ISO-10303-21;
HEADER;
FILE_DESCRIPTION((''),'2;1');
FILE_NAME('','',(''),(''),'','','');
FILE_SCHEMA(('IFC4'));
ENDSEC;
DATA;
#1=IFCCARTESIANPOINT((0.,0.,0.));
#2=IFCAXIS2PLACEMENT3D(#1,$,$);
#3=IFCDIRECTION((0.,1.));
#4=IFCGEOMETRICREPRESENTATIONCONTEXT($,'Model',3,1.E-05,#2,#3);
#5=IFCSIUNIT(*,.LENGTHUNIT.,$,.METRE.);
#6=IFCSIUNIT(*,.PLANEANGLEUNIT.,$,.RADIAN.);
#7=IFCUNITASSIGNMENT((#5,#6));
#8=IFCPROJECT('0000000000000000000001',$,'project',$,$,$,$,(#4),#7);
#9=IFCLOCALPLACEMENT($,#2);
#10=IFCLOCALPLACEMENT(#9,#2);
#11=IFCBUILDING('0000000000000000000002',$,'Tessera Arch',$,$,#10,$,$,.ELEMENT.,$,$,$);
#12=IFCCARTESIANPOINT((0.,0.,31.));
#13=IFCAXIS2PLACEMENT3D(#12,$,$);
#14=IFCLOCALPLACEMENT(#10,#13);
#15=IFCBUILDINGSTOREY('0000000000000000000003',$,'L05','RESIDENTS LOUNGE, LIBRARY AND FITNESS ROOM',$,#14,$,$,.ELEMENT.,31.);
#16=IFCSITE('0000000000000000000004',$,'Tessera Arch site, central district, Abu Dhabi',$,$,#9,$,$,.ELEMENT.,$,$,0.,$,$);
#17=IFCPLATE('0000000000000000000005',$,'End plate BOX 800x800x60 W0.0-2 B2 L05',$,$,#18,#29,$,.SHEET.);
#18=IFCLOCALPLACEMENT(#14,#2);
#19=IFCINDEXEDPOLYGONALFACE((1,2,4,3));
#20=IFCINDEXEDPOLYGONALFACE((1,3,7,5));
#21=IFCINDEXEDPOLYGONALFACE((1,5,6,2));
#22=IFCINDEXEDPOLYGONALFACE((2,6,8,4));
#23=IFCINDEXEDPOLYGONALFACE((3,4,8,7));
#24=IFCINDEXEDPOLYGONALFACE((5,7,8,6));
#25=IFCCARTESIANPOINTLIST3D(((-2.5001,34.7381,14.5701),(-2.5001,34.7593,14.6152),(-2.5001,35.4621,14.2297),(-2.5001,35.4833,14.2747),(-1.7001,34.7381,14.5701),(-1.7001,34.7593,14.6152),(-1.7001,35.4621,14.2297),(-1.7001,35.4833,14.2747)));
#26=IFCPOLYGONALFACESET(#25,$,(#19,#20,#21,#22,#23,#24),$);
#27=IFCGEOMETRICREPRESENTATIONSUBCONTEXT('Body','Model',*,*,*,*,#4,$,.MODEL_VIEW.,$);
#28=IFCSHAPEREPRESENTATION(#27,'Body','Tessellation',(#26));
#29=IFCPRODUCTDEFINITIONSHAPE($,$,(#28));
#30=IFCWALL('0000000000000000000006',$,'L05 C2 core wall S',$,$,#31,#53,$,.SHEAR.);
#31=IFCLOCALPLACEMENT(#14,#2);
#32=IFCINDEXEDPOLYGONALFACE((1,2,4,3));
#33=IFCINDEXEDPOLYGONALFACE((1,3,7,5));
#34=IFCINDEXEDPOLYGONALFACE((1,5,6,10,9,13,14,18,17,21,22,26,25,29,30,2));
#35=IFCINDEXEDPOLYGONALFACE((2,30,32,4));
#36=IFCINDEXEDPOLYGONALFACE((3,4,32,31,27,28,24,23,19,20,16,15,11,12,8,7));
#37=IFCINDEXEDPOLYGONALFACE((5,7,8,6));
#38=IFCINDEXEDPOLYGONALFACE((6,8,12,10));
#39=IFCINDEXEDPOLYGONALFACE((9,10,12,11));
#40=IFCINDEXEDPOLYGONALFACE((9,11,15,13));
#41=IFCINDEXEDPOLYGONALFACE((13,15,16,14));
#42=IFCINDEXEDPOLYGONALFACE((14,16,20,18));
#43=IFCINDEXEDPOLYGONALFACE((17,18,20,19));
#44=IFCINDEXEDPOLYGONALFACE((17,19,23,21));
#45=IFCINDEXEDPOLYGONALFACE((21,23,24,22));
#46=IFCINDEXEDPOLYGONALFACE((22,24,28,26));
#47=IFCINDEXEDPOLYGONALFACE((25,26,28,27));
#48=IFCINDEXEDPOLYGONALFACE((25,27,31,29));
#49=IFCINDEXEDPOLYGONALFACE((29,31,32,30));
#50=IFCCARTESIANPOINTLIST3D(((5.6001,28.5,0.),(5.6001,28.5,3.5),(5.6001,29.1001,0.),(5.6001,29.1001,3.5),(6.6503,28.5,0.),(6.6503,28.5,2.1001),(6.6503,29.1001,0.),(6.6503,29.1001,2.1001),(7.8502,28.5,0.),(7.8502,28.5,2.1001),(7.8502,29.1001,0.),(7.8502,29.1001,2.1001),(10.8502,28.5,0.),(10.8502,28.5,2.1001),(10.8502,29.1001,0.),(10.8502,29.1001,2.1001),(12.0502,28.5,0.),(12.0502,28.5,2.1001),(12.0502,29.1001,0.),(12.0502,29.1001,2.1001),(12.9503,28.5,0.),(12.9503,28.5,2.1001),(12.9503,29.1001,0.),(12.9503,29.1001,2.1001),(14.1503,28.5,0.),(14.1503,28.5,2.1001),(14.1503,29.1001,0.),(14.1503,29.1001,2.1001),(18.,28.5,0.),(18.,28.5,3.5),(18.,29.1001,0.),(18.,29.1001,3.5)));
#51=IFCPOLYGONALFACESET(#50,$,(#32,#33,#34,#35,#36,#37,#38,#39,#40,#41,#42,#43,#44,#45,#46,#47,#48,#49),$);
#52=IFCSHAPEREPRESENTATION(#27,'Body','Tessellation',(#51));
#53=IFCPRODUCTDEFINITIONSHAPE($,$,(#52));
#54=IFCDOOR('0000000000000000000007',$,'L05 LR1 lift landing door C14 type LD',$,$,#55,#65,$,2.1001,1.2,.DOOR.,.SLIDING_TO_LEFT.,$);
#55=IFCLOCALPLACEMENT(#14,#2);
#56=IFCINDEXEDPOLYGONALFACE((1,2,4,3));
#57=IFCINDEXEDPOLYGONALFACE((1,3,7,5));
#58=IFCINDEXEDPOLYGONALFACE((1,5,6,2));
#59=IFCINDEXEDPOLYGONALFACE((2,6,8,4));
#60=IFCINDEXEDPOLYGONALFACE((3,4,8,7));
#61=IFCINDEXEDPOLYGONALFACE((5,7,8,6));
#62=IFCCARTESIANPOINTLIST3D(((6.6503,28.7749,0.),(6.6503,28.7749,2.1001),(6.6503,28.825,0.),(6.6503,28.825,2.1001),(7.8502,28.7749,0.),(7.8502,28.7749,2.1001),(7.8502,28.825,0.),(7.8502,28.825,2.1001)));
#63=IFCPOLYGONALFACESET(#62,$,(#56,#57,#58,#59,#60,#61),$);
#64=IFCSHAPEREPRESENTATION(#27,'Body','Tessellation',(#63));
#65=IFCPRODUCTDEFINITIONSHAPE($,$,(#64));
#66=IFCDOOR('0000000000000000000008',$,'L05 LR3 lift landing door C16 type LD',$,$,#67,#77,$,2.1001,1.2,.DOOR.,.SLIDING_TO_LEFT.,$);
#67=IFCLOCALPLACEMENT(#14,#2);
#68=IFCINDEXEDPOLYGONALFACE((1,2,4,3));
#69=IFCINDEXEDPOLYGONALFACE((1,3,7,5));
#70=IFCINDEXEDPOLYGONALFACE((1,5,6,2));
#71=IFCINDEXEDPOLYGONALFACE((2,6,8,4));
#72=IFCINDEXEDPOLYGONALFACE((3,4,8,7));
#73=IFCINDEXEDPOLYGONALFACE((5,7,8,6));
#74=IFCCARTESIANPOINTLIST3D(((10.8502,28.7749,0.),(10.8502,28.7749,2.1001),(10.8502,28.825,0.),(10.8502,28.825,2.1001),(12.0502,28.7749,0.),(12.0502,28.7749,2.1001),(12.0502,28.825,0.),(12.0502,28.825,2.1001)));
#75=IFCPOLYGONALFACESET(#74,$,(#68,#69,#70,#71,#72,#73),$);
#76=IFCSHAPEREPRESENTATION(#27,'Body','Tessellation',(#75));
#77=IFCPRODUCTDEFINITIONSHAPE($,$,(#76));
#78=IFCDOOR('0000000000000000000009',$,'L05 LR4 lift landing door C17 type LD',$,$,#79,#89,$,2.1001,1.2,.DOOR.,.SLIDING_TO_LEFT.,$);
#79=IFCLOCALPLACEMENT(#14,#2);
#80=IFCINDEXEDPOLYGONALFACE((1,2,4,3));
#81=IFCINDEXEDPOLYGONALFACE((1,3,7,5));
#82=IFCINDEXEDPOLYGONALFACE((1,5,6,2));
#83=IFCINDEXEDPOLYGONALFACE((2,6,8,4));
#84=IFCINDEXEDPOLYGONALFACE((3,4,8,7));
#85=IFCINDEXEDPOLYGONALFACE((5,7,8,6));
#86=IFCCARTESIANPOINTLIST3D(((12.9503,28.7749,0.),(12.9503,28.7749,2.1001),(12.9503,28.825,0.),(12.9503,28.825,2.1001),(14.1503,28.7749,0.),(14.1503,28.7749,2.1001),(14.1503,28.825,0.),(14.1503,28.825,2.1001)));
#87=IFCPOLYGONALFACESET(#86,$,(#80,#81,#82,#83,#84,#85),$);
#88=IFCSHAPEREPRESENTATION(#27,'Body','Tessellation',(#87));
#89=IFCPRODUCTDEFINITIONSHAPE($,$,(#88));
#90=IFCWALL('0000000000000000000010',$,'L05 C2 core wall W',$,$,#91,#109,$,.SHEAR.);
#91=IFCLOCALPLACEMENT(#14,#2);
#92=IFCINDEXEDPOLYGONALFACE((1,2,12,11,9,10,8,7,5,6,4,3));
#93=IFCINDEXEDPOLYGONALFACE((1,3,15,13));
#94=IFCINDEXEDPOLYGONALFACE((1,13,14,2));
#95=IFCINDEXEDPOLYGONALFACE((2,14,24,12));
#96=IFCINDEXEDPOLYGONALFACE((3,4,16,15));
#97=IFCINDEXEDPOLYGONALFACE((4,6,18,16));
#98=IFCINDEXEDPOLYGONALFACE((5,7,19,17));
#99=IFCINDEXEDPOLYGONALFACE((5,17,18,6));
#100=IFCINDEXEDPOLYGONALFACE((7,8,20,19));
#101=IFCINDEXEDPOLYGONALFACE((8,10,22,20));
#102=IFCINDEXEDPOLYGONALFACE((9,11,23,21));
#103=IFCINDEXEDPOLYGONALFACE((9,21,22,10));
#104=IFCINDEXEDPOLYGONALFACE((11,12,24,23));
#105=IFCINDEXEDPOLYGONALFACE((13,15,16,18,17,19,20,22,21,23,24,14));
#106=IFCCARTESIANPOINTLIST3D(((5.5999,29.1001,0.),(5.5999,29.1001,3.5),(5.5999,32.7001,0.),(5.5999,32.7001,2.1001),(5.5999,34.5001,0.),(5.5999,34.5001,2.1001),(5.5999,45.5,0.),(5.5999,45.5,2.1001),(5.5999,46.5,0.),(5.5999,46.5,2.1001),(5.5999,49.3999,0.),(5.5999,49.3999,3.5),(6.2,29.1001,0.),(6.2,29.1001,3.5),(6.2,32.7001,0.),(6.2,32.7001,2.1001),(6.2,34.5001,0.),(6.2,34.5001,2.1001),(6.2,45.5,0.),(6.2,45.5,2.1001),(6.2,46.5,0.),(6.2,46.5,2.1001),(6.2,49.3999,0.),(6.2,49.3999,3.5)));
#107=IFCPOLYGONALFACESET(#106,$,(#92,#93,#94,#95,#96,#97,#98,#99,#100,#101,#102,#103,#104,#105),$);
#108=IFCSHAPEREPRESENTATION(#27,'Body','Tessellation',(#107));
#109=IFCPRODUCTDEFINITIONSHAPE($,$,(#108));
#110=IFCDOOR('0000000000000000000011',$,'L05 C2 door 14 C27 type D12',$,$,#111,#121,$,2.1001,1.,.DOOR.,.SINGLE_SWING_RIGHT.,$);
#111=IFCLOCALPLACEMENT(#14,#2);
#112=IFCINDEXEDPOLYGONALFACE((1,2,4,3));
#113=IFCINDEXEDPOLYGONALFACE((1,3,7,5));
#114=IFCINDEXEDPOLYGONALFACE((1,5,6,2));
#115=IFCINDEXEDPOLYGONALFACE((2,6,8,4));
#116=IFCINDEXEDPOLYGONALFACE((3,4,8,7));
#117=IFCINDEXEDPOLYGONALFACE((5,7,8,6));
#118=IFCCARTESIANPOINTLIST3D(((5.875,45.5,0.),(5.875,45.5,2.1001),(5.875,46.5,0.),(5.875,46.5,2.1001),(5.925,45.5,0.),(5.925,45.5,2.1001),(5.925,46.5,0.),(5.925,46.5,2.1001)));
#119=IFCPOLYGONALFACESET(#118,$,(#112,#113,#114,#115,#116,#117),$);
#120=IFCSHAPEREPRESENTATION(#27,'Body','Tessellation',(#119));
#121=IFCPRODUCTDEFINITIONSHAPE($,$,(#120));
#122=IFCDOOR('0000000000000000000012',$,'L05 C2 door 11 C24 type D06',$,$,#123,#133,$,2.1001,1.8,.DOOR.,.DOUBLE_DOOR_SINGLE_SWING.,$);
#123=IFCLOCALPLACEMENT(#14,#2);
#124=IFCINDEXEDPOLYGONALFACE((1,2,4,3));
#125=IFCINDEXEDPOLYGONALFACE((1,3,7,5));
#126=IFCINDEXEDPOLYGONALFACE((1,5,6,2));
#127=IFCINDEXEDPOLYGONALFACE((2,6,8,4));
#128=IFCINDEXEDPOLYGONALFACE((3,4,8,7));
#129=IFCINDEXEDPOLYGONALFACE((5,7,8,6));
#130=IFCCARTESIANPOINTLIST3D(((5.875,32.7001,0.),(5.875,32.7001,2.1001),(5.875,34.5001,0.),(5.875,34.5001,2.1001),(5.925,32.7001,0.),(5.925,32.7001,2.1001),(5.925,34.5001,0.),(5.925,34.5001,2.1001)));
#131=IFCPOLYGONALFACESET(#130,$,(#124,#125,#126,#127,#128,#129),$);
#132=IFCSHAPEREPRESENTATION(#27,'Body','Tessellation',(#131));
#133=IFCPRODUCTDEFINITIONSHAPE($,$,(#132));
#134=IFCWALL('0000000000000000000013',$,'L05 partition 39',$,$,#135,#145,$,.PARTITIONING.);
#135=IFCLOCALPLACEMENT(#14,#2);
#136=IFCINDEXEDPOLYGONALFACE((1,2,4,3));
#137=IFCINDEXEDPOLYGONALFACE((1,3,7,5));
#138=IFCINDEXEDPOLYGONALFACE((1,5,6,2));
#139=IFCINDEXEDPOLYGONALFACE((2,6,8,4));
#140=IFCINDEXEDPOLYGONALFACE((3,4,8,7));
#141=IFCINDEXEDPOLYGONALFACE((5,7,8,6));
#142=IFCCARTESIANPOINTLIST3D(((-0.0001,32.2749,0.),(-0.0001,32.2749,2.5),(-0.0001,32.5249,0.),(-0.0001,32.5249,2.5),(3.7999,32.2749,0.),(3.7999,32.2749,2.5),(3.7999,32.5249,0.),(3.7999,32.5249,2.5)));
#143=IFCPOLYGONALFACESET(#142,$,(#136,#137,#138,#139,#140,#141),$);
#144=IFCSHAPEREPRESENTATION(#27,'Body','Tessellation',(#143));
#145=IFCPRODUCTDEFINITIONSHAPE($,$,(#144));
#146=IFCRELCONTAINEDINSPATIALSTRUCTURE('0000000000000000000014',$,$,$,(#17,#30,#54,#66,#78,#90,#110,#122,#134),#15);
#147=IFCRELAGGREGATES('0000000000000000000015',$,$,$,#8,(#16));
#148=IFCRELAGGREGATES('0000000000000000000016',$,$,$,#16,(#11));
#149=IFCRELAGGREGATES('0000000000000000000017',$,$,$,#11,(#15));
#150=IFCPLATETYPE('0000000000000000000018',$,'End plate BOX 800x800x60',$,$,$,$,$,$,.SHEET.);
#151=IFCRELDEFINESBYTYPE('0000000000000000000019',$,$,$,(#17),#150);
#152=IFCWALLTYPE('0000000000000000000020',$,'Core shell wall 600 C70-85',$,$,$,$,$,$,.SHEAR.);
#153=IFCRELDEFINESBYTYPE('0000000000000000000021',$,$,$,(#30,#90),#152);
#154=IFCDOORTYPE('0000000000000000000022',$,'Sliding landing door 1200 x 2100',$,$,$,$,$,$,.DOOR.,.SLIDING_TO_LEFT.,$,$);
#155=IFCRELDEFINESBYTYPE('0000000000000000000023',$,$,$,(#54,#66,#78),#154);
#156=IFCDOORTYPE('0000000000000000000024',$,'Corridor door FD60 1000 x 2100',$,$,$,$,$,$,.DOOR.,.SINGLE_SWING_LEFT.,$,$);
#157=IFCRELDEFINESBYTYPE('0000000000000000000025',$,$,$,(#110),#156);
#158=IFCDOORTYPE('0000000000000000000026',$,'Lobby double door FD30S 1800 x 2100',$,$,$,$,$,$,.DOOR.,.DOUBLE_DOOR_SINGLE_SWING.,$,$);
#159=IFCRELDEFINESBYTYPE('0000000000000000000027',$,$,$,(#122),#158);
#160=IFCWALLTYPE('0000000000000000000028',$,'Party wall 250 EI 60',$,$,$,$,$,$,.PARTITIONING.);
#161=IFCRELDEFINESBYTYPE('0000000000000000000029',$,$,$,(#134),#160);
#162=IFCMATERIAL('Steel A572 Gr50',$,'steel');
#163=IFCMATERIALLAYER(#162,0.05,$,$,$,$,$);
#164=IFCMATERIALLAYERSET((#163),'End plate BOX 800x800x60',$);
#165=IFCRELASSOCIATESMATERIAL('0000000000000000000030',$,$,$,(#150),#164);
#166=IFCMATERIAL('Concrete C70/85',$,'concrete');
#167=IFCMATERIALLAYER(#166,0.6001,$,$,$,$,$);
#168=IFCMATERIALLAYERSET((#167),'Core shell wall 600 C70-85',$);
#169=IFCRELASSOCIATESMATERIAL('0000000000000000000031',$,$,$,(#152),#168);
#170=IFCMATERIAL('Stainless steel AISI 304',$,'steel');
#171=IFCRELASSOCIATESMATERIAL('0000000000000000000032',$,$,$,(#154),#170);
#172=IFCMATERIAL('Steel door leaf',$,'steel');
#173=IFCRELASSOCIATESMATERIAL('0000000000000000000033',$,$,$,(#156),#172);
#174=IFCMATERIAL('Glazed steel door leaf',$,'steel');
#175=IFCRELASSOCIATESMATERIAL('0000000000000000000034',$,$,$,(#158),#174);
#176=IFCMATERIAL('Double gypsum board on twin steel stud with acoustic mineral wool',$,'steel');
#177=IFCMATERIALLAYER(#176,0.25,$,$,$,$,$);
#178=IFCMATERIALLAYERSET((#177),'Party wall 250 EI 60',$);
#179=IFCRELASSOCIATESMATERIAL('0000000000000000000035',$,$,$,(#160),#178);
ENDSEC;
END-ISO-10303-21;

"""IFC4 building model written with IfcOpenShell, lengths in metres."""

from ifc_helpers import new_model, si_unit, direction, frame, frame_2d, origin, origin_2d, place, context, subcontext, project, spatial, rectangle, extrude, material, layer, layer_set, type_object, element, fill, save


model = new_model("IFC4")

# Units and contexts
model_context = context("Model", 3, precision=1e-05, world=origin(), true_north=direction((0.0, 1.0)))
body_context = subcontext(model_context, "Body", "Model", "MODEL_VIEW")
ifc_project = project(units=[si_unit("LENGTHUNIT", "METRE"), si_unit("PLANEANGLEUNIT", "RADIAN")], contexts=[model_context])

# Site, building, storey
site_placement = place(None, origin())
site = spatial("IfcSite", under=ifc_project, at=site_placement, Name="Tessera Arch site, central district, Abu Dhabi", CompositionType="ELEMENT", RefElevation=0.0)
building_placement = place(site_placement, origin())
building = spatial("IfcBuilding", under=site, at=building_placement, Name="Tessera Arch", CompositionType="ELEMENT")
storey_placement = place(building_placement, frame((0.0, 0.0, 31.0)))
storey = spatial("IfcBuildingStorey", under=building, at=storey_placement, Name="L05", Description="RESIDENTS LOUNGE, LIBRARY AND FITNESS ROOM", CompositionType="ELEMENT", Elevation=31.0)

# Plate
ifc_material_1 = material(Name="Steel A572 Gr50", Category="steel")
ifc_layer_1 = layer(ifc_material_1, 0.05)
ifc_layer_set_1 = layer_set([ifc_layer_1], Name="End plate BOX 800x800x60")
plate_type_1 = type_object("IfcPlateType", Name="End plate BOX 800x800x60", PredefinedType="SHEET", material=ifc_layer_set_1)
for number, where, z_axis, x_axis, name in (
    (1, (-2.1001, 35.1001, 14.3999), (0.0, 0.425561, 0.90493), (-1.0, 0.0, 0.0), "End plate BOX 800x800x60 W0.0-2 B2 L05"),
):
    element("IfcPlate", number, at=place(storey_placement, frame(where, z_axis=z_axis, x_axis=x_axis)), inside=storey, type_object=plate_type_1, Name=name, PredefinedType="SHEET", context=body_context, shape_type="SweptSolid", body=[
        extrude(rectangle(XDim=0.8, YDim=0.8, at=origin_2d()), origin(), (0.0, 0.0, 1.0), 0.0498),
    ])

# Walls, openings, doors
ifc_material_2 = material(Name="Concrete C70/85", Category="concrete")
ifc_layer_2 = layer(ifc_material_2, 0.6001)
ifc_layer_set_2 = layer_set([ifc_layer_2], Name="Core shell wall 600 C70-85")
wall_type_1 = type_object("IfcWallType", Name="Core shell wall 600 C70-85", PredefinedType="SHEAR", material=ifc_layer_set_2)
wall_1_placement = place(storey_placement, frame((5.6001, 28.8, 0.0), z_axis=(0.0, 0.0, 1.0), x_axis=(1.0, 0.0, 0.0)))
wall_1 = element("IfcWall", 2, at=wall_1_placement, inside=storey, type_object=wall_type_1, Name="L05 C2 core wall S", PredefinedType="SHEAR", context=body_context, shape_type="SweptSolid", body=[
    extrude(rectangle(XDim=12.3999, YDim=0.6001, at=frame_2d((6.2, 0.0))), origin(), (0.0, 0.0, 1.0), 3.5),
])
opening_1_placement = place(wall_1_placement, frame((1.05, 0.0, 0.0)))
opening_1 = element("IfcOpeningElement", 3, at=opening_1_placement, cuts=wall_1, PredefinedType="OPENING", context=body_context, shape_type="SweptSolid", body=[
    extrude(rectangle(XDim=1.2, YDim=2.1001, at=frame_2d((0.6001, 1.05))), frame((0.0, 0.3101, 0.0), z_axis=(0.0, -1.0, 0.0), x_axis=(1.0, 0.0, 0.0)), (0.0, 0.0, 1.0), 0.6201),
])
opening_2_placement = place(wall_1_placement, frame((5.25, 0.0, 0.0)))
opening_2 = element("IfcOpeningElement", 4, at=opening_2_placement, cuts=wall_1, PredefinedType="OPENING", context=body_context, shape_type="SweptSolid", body=[
    extrude(rectangle(XDim=1.2, YDim=2.1001, at=frame_2d((0.6001, 1.05))), frame((0.0, 0.3101, 0.0), z_axis=(0.0, -1.0, 0.0), x_axis=(1.0, 0.0, 0.0)), (0.0, 0.0, 1.0), 0.6201),
])
opening_3_placement = place(wall_1_placement, frame((7.3501, 0.0, 0.0)))
opening_3 = element("IfcOpeningElement", 5, at=opening_3_placement, cuts=wall_1, PredefinedType="OPENING", context=body_context, shape_type="SweptSolid", body=[
    extrude(rectangle(XDim=1.2, YDim=2.1001, at=frame_2d((0.6001, 1.05))), frame((0.0, 0.3101, 0.0), z_axis=(0.0, -1.0, 0.0), x_axis=(1.0, 0.0, 0.0)), (0.0, 0.0, 1.0), 0.6201),
])
ifc_material_3 = material(Name="Stainless steel AISI 304", Category="steel")
door_type_1 = type_object("IfcDoorType", Name="Sliding landing door 1200 x 2100", OperationType="SLIDING_TO_LEFT", PredefinedType="DOOR", material=ifc_material_3)
door_1_placement = place(opening_1_placement, origin())
door_1 = element("IfcDoor", 6, at=door_1_placement, inside=storey, type_object=door_type_1, Name="L05 LR1 lift landing door C14 type LD", OperationType="SLIDING_TO_LEFT", OverallHeight=2.1001, OverallWidth=1.2, PredefinedType="DOOR", context=body_context, shape_type="SweptSolid", body=[
    extrude(rectangle(XDim=1.2, YDim=2.1001, at=frame_2d((0.6001, 1.05))), frame((0.0, 0.0249, 0.0), z_axis=(0.0, -1.0, 0.0), x_axis=(1.0, 0.0, 0.0)), (0.0, 0.0, 1.0), 0.05),
])
fill(opening_1, door_1)
door_2_placement = place(opening_2_placement, origin())
door_2 = element("IfcDoor", 7, at=door_2_placement, inside=storey, type_object=door_type_1, Name="L05 LR3 lift landing door C16 type LD", OperationType="SLIDING_TO_LEFT", OverallHeight=2.1001, OverallWidth=1.2, PredefinedType="DOOR", context=body_context, shape_type="SweptSolid", body=[
    extrude(rectangle(XDim=1.2, YDim=2.1001, at=frame_2d((0.6001, 1.05))), frame((0.0, 0.0249, 0.0), z_axis=(0.0, -1.0, 0.0), x_axis=(1.0, 0.0, 0.0)), (0.0, 0.0, 1.0), 0.05),
])
fill(opening_2, door_2)
door_3_placement = place(opening_3_placement, origin())
door_3 = element("IfcDoor", 8, at=door_3_placement, inside=storey, type_object=door_type_1, Name="L05 LR4 lift landing door C17 type LD", OperationType="SLIDING_TO_LEFT", OverallHeight=2.1001, OverallWidth=1.2, PredefinedType="DOOR", context=body_context, shape_type="SweptSolid", body=[
    extrude(rectangle(XDim=1.2, YDim=2.1001, at=frame_2d((0.6001, 1.05))), frame((0.0, 0.0249, 0.0), z_axis=(0.0, -1.0, 0.0), x_axis=(1.0, 0.0, 0.0)), (0.0, 0.0, 1.0), 0.05),
])
fill(opening_3, door_3)
wall_2_placement = place(storey_placement, frame((5.8999, 29.1001, 0.0), z_axis=(0.0, 0.0, 1.0), x_axis=(0.0, 1.0, 0.0)))
wall_2 = element("IfcWall", 9, at=wall_2_placement, inside=storey, type_object=wall_type_1, Name="L05 C2 core wall W", PredefinedType="SHEAR", context=body_context, shape_type="SweptSolid", body=[
    extrude(rectangle(XDim=20.2998, YDim=0.6001, at=frame_2d((10.1499, 0.0))), origin(), (0.0, 0.0, 1.0), 3.5),
])
opening_4_placement = place(wall_2_placement, frame((3.6001, 0.0, 0.0)))
opening_4 = element("IfcOpeningElement", 10, at=opening_4_placement, cuts=wall_2, PredefinedType="OPENING", context=body_context, shape_type="SweptSolid", body=[
    extrude(rectangle(XDim=1.8, YDim=2.1001, at=frame_2d((0.8999, 1.05))), frame((0.0, 0.3101, 0.0), z_axis=(0.0, -1.0, 0.0), x_axis=(1.0, 0.0, 0.0)), (0.0, 0.0, 1.0), 0.6201),
])
opening_5_placement = place(wall_2_placement, frame((16.3999, 0.0, 0.0)))
opening_5 = element("IfcOpeningElement", 11, at=opening_5_placement, cuts=wall_2, PredefinedType="OPENING", context=body_context, shape_type="SweptSolid", body=[
    extrude(rectangle(XDim=1.0, YDim=2.1001, at=frame_2d((0.5, 1.05))), frame((0.0, 0.3101, 0.0), z_axis=(0.0, -1.0, 0.0), x_axis=(1.0, 0.0, 0.0)), (0.0, 0.0, 1.0), 0.6201),
])
ifc_material_4 = material(Name="Steel door leaf", Category="steel")
door_type_2 = type_object("IfcDoorType", Name="Corridor door FD60 1000 x 2100", OperationType="SINGLE_SWING_LEFT", PredefinedType="DOOR", material=ifc_material_4)
door_4_placement = place(opening_5_placement, origin())
door_4 = element("IfcDoor", 12, at=door_4_placement, inside=storey, type_object=door_type_2, Name="L05 C2 door 14 C27 type D12", OperationType="SINGLE_SWING_RIGHT", OverallHeight=2.1001, OverallWidth=1.0, PredefinedType="DOOR", context=body_context, shape_type="SweptSolid", body=[
    extrude(rectangle(XDim=1.0, YDim=2.1001, at=frame_2d((0.5, 1.05))), frame((0.0, 0.0249, 0.0), z_axis=(0.0, -1.0, 0.0), x_axis=(1.0, 0.0, 0.0)), (0.0, 0.0, 1.0), 0.05),
])
fill(opening_5, door_4)
ifc_material_5 = material(Name="Glazed steel door leaf", Category="steel")
door_type_3 = type_object("IfcDoorType", Name="Lobby double door FD30S 1800 x 2100", OperationType="DOUBLE_DOOR_SINGLE_SWING", PredefinedType="DOOR", material=ifc_material_5)
door_5_placement = place(opening_4_placement, origin())
door_5 = element("IfcDoor", 13, at=door_5_placement, inside=storey, type_object=door_type_3, Name="L05 C2 door 11 C24 type D06", OperationType="DOUBLE_DOOR_SINGLE_SWING", OverallHeight=2.1001, OverallWidth=1.8, PredefinedType="DOOR", context=body_context, shape_type="SweptSolid", body=[
    extrude(rectangle(XDim=1.8, YDim=2.1001, at=frame_2d((0.8999, 1.05))), frame((0.0, 0.0249, 0.0), z_axis=(0.0, -1.0, 0.0), x_axis=(1.0, 0.0, 0.0)), (0.0, 0.0, 1.0), 0.05),
])
fill(opening_4, door_5)

# Wall
ifc_material_6 = material(Name="Double gypsum board on twin steel stud with acoustic mineral wool", Category="steel")
ifc_layer_3 = layer(ifc_material_6, 0.25)
ifc_layer_set_3 = layer_set([ifc_layer_3], Name="Party wall 250 EI 60")
wall_type_2 = type_object("IfcWallType", Name="Party wall 250 EI 60", PredefinedType="PARTITIONING", material=ifc_layer_set_3)
wall_3_placement = place(storey_placement, frame((0.0, 32.3999, 0.0), z_axis=(0.0, 0.0, 1.0), x_axis=(1.0, 0.0, 0.0)))
element("IfcWall", 14, at=wall_3_placement, inside=storey, type_object=wall_type_2, Name="L05 partition 39", PredefinedType="PARTITIONING", context=body_context, shape_type="SweptSolid", body=[
    extrude(rectangle(XDim=3.8, YDim=0.25, at=frame_2d((1.8999, 0.0))), origin(), (0.0, 0.0, 1.0), 2.5),
])

save(model, "model.ifc")
